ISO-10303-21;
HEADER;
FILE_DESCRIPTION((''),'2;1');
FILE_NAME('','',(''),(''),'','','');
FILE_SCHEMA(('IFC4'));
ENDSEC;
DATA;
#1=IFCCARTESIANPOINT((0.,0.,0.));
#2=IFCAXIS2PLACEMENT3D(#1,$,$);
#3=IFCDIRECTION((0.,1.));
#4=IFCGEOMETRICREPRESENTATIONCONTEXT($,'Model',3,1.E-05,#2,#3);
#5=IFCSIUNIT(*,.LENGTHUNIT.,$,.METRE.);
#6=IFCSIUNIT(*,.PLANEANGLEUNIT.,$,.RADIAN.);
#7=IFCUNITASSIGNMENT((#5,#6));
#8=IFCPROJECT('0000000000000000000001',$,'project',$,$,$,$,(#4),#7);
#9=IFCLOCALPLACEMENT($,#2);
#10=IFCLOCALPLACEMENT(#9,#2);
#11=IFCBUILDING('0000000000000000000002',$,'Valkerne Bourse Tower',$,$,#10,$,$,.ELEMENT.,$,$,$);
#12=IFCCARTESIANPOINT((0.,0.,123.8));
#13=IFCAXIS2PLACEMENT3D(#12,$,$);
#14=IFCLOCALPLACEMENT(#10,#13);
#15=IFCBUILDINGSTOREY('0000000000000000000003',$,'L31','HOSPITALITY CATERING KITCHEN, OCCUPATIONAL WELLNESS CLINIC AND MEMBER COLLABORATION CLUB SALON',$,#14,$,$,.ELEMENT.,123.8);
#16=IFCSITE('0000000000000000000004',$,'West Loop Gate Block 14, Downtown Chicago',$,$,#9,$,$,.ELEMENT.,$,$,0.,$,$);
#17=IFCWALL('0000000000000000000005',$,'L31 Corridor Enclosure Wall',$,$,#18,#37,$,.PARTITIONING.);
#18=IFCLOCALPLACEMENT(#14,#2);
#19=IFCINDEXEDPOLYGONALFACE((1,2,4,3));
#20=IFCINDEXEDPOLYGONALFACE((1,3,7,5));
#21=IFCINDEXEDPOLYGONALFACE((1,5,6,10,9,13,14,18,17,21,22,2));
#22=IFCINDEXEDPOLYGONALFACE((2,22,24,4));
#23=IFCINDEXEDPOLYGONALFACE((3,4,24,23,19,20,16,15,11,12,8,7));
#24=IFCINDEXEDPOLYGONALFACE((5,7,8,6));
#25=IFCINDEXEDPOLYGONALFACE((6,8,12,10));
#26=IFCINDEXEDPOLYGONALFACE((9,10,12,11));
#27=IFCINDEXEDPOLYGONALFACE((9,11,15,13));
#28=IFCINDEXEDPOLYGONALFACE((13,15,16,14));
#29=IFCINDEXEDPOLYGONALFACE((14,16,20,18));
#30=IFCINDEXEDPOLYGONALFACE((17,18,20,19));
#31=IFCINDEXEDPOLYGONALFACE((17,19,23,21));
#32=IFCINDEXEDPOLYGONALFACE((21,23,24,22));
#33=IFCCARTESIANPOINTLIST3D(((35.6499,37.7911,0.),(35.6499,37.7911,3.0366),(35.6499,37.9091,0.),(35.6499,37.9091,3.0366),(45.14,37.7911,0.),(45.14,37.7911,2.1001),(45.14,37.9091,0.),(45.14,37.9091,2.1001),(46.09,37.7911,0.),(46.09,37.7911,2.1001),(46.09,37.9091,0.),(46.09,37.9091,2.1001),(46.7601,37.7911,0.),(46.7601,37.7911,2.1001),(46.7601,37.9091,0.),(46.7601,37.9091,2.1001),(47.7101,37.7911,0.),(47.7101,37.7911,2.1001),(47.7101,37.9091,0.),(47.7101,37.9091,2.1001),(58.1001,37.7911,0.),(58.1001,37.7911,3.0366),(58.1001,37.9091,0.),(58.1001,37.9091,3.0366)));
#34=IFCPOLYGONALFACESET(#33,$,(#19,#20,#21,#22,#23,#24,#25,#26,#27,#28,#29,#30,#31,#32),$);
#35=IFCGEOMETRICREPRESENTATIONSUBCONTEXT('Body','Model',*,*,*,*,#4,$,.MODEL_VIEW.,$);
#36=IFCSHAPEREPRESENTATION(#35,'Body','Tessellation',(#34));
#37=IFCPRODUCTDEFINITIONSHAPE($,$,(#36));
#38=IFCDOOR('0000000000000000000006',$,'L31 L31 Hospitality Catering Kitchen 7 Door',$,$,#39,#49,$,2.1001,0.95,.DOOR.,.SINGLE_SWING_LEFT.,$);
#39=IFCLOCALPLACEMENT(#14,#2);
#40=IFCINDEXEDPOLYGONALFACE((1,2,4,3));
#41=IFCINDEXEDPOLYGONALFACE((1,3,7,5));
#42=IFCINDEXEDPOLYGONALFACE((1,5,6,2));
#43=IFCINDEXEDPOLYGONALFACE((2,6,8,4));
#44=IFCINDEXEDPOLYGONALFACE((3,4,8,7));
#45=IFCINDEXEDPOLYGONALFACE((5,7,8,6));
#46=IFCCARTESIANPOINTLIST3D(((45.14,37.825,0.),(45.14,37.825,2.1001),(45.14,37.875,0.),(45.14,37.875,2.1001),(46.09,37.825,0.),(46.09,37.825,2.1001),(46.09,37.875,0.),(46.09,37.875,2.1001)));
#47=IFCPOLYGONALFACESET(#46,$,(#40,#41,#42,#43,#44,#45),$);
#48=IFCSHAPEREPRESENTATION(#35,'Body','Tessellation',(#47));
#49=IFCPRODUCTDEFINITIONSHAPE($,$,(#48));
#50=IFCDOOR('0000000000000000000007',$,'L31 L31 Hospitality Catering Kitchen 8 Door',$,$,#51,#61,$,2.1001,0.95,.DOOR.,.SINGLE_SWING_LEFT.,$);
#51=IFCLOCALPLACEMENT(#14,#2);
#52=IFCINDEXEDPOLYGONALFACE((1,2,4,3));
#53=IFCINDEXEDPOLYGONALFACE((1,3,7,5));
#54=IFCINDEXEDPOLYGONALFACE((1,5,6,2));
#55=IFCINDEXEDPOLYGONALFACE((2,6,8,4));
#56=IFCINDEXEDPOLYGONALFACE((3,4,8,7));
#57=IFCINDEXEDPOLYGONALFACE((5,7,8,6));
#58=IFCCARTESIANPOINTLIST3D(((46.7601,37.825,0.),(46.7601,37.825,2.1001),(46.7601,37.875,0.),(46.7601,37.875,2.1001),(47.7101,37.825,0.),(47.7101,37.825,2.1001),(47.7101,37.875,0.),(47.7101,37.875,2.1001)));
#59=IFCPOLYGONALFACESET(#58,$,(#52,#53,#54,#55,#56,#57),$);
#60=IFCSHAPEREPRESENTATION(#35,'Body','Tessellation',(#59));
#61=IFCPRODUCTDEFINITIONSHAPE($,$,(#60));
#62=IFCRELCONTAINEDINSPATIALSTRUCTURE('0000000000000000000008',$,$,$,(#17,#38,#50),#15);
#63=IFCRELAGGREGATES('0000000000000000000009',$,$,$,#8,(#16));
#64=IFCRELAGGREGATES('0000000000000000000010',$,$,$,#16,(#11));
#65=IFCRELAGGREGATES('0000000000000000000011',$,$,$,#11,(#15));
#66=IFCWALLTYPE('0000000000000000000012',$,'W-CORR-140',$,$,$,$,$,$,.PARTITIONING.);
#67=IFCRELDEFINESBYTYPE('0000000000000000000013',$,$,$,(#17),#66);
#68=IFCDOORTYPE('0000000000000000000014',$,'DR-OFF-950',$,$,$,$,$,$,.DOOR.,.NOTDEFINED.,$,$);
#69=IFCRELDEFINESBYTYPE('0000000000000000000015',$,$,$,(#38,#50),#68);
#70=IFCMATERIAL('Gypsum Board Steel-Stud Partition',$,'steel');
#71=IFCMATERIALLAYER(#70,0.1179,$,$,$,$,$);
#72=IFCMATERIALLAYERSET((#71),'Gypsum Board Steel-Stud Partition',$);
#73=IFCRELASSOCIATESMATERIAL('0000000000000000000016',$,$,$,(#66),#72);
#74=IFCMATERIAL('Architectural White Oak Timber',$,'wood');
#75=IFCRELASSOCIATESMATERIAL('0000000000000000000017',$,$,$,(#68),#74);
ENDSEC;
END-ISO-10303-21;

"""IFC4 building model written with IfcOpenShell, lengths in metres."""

from ifc_helpers import new_model, si_unit, direction, frame, frame_2d, origin, place, context, subcontext, project, spatial, rectangle, extrude, material, layer, layer_set, type_object, element, fill, save


model = new_model("IFC4")

# Units and contexts
model_context = context("Model", 3, precision=1e-05, world=origin(), true_north=direction((0.0, 1.0)))
body_context = subcontext(model_context, "Body", "Model", "MODEL_VIEW")
ifc_project = project(units=[si_unit("LENGTHUNIT", "METRE"), si_unit("PLANEANGLEUNIT", "RADIAN")], contexts=[model_context])

# Site, building, storey
site_placement = place(None, origin())
site = spatial("IfcSite", under=ifc_project, at=site_placement, Name="West Loop Gate Block 14, Downtown Chicago", CompositionType="ELEMENT", RefElevation=0.0)
building_placement = place(site_placement, origin())
building = spatial("IfcBuilding", under=site, at=building_placement, Name="Valkerne Bourse Tower", CompositionType="ELEMENT")
storey_placement = place(building_placement, frame((0.0, 0.0, 123.8)))
storey = spatial("IfcBuildingStorey", under=building, at=storey_placement, Name="L31", Description="HOSPITALITY CATERING KITCHEN, OCCUPATIONAL WELLNESS CLINIC AND MEMBER COLLABORATION CLUB SALON", CompositionType="ELEMENT", Elevation=123.8)

# Wall, openings, doors
ifc_material_1 = material(Name="Gypsum Board Steel-Stud Partition", Category="steel")
ifc_layer_1 = layer(ifc_material_1, 0.1179)
ifc_layer_set_1 = layer_set([ifc_layer_1], Name="Gypsum Board Steel-Stud Partition")
wall_type = type_object("IfcWallType", Name="W-CORR-140", PredefinedType="PARTITIONING", material=ifc_layer_set_1)
wall_placement = place(storey_placement, frame((35.6499, 37.8501, 0.0), z_axis=(0.0, 0.0, 1.0), x_axis=(1.0, 0.0, 0.0)))
wall = element("IfcWall", 1, at=wall_placement, inside=storey, type_object=wall_type, Name="L31 Corridor Enclosure Wall", PredefinedType="PARTITIONING", context=body_context, shape_type="SweptSolid", body=[
    extrude(rectangle(XDim=22.4502, YDim=0.1179, at=frame_2d((11.2251, 0.0))), origin(), (0.0, 0.0, 1.0), 3.0366),
])
opening_1_placement = place(wall_placement, frame((9.49, 0.0, 0.0)))
opening_1 = element("IfcOpeningElement", 2, at=opening_1_placement, cuts=wall, PredefinedType="OPENING", context=body_context, shape_type="SweptSolid", body=[
    extrude(rectangle(XDim=0.95, YDim=2.1001, at=frame_2d((0.4751, 1.05))), frame((0.0, 0.0688, 0.0), z_axis=(0.0, -1.0, 0.0), x_axis=(1.0, 0.0, 0.0)), (0.0, 0.0, 1.0), 0.1379),
])
opening_2_placement = place(wall_placement, frame((11.1101, 0.0, 0.0)))
opening_2 = element("IfcOpeningElement", 3, at=opening_2_placement, cuts=wall, PredefinedType="OPENING", context=body_context, shape_type="SweptSolid", body=[
    extrude(rectangle(XDim=0.95, YDim=2.1001, at=frame_2d((0.4751, 1.05))), frame((0.0, 0.0688, 0.0), z_axis=(0.0, -1.0, 0.0), x_axis=(1.0, 0.0, 0.0)), (0.0, 0.0, 1.0), 0.1379),
])
ifc_material_2 = material(Name="Architectural White Oak Timber", Category="wood")
door_type = type_object("IfcDoorType", Name="DR-OFF-950", OperationType="NOTDEFINED", PredefinedType="DOOR", material=ifc_material_2)
door_1_placement = place(opening_1_placement, origin())
door_1 = element("IfcDoor", 4, at=door_1_placement, inside=storey, type_object=door_type, Name="L31 L31 Hospitality Catering Kitchen 7 Door", OperationType="SINGLE_SWING_LEFT", OverallHeight=2.1001, OverallWidth=0.95, PredefinedType="DOOR", context=body_context, shape_type="SweptSolid", body=[
    extrude(rectangle(XDim=0.95, YDim=2.1001, at=frame_2d((0.4751, 1.05))), frame((0.0, 0.0249, 0.0), z_axis=(0.0, -1.0, 0.0), x_axis=(1.0, 0.0, 0.0)), (0.0, 0.0, 1.0), 0.05),
])
fill(opening_1, door_1)
door_2_placement = place(opening_2_placement, origin())
door_2 = element("IfcDoor", 5, at=door_2_placement, inside=storey, type_object=door_type, Name="L31 L31 Hospitality Catering Kitchen 8 Door", OperationType="SINGLE_SWING_LEFT", OverallHeight=2.1001, OverallWidth=0.95, PredefinedType="DOOR", context=body_context, shape_type="SweptSolid", body=[
    extrude(rectangle(XDim=0.95, YDim=2.1001, at=frame_2d((0.4751, 1.05))), frame((0.0, 0.0249, 0.0), z_axis=(0.0, -1.0, 0.0), x_axis=(1.0, 0.0, 0.0)), (0.0, 0.0, 1.0), 0.05),
])
fill(opening_2, door_2)

save(model, "model.ifc")
